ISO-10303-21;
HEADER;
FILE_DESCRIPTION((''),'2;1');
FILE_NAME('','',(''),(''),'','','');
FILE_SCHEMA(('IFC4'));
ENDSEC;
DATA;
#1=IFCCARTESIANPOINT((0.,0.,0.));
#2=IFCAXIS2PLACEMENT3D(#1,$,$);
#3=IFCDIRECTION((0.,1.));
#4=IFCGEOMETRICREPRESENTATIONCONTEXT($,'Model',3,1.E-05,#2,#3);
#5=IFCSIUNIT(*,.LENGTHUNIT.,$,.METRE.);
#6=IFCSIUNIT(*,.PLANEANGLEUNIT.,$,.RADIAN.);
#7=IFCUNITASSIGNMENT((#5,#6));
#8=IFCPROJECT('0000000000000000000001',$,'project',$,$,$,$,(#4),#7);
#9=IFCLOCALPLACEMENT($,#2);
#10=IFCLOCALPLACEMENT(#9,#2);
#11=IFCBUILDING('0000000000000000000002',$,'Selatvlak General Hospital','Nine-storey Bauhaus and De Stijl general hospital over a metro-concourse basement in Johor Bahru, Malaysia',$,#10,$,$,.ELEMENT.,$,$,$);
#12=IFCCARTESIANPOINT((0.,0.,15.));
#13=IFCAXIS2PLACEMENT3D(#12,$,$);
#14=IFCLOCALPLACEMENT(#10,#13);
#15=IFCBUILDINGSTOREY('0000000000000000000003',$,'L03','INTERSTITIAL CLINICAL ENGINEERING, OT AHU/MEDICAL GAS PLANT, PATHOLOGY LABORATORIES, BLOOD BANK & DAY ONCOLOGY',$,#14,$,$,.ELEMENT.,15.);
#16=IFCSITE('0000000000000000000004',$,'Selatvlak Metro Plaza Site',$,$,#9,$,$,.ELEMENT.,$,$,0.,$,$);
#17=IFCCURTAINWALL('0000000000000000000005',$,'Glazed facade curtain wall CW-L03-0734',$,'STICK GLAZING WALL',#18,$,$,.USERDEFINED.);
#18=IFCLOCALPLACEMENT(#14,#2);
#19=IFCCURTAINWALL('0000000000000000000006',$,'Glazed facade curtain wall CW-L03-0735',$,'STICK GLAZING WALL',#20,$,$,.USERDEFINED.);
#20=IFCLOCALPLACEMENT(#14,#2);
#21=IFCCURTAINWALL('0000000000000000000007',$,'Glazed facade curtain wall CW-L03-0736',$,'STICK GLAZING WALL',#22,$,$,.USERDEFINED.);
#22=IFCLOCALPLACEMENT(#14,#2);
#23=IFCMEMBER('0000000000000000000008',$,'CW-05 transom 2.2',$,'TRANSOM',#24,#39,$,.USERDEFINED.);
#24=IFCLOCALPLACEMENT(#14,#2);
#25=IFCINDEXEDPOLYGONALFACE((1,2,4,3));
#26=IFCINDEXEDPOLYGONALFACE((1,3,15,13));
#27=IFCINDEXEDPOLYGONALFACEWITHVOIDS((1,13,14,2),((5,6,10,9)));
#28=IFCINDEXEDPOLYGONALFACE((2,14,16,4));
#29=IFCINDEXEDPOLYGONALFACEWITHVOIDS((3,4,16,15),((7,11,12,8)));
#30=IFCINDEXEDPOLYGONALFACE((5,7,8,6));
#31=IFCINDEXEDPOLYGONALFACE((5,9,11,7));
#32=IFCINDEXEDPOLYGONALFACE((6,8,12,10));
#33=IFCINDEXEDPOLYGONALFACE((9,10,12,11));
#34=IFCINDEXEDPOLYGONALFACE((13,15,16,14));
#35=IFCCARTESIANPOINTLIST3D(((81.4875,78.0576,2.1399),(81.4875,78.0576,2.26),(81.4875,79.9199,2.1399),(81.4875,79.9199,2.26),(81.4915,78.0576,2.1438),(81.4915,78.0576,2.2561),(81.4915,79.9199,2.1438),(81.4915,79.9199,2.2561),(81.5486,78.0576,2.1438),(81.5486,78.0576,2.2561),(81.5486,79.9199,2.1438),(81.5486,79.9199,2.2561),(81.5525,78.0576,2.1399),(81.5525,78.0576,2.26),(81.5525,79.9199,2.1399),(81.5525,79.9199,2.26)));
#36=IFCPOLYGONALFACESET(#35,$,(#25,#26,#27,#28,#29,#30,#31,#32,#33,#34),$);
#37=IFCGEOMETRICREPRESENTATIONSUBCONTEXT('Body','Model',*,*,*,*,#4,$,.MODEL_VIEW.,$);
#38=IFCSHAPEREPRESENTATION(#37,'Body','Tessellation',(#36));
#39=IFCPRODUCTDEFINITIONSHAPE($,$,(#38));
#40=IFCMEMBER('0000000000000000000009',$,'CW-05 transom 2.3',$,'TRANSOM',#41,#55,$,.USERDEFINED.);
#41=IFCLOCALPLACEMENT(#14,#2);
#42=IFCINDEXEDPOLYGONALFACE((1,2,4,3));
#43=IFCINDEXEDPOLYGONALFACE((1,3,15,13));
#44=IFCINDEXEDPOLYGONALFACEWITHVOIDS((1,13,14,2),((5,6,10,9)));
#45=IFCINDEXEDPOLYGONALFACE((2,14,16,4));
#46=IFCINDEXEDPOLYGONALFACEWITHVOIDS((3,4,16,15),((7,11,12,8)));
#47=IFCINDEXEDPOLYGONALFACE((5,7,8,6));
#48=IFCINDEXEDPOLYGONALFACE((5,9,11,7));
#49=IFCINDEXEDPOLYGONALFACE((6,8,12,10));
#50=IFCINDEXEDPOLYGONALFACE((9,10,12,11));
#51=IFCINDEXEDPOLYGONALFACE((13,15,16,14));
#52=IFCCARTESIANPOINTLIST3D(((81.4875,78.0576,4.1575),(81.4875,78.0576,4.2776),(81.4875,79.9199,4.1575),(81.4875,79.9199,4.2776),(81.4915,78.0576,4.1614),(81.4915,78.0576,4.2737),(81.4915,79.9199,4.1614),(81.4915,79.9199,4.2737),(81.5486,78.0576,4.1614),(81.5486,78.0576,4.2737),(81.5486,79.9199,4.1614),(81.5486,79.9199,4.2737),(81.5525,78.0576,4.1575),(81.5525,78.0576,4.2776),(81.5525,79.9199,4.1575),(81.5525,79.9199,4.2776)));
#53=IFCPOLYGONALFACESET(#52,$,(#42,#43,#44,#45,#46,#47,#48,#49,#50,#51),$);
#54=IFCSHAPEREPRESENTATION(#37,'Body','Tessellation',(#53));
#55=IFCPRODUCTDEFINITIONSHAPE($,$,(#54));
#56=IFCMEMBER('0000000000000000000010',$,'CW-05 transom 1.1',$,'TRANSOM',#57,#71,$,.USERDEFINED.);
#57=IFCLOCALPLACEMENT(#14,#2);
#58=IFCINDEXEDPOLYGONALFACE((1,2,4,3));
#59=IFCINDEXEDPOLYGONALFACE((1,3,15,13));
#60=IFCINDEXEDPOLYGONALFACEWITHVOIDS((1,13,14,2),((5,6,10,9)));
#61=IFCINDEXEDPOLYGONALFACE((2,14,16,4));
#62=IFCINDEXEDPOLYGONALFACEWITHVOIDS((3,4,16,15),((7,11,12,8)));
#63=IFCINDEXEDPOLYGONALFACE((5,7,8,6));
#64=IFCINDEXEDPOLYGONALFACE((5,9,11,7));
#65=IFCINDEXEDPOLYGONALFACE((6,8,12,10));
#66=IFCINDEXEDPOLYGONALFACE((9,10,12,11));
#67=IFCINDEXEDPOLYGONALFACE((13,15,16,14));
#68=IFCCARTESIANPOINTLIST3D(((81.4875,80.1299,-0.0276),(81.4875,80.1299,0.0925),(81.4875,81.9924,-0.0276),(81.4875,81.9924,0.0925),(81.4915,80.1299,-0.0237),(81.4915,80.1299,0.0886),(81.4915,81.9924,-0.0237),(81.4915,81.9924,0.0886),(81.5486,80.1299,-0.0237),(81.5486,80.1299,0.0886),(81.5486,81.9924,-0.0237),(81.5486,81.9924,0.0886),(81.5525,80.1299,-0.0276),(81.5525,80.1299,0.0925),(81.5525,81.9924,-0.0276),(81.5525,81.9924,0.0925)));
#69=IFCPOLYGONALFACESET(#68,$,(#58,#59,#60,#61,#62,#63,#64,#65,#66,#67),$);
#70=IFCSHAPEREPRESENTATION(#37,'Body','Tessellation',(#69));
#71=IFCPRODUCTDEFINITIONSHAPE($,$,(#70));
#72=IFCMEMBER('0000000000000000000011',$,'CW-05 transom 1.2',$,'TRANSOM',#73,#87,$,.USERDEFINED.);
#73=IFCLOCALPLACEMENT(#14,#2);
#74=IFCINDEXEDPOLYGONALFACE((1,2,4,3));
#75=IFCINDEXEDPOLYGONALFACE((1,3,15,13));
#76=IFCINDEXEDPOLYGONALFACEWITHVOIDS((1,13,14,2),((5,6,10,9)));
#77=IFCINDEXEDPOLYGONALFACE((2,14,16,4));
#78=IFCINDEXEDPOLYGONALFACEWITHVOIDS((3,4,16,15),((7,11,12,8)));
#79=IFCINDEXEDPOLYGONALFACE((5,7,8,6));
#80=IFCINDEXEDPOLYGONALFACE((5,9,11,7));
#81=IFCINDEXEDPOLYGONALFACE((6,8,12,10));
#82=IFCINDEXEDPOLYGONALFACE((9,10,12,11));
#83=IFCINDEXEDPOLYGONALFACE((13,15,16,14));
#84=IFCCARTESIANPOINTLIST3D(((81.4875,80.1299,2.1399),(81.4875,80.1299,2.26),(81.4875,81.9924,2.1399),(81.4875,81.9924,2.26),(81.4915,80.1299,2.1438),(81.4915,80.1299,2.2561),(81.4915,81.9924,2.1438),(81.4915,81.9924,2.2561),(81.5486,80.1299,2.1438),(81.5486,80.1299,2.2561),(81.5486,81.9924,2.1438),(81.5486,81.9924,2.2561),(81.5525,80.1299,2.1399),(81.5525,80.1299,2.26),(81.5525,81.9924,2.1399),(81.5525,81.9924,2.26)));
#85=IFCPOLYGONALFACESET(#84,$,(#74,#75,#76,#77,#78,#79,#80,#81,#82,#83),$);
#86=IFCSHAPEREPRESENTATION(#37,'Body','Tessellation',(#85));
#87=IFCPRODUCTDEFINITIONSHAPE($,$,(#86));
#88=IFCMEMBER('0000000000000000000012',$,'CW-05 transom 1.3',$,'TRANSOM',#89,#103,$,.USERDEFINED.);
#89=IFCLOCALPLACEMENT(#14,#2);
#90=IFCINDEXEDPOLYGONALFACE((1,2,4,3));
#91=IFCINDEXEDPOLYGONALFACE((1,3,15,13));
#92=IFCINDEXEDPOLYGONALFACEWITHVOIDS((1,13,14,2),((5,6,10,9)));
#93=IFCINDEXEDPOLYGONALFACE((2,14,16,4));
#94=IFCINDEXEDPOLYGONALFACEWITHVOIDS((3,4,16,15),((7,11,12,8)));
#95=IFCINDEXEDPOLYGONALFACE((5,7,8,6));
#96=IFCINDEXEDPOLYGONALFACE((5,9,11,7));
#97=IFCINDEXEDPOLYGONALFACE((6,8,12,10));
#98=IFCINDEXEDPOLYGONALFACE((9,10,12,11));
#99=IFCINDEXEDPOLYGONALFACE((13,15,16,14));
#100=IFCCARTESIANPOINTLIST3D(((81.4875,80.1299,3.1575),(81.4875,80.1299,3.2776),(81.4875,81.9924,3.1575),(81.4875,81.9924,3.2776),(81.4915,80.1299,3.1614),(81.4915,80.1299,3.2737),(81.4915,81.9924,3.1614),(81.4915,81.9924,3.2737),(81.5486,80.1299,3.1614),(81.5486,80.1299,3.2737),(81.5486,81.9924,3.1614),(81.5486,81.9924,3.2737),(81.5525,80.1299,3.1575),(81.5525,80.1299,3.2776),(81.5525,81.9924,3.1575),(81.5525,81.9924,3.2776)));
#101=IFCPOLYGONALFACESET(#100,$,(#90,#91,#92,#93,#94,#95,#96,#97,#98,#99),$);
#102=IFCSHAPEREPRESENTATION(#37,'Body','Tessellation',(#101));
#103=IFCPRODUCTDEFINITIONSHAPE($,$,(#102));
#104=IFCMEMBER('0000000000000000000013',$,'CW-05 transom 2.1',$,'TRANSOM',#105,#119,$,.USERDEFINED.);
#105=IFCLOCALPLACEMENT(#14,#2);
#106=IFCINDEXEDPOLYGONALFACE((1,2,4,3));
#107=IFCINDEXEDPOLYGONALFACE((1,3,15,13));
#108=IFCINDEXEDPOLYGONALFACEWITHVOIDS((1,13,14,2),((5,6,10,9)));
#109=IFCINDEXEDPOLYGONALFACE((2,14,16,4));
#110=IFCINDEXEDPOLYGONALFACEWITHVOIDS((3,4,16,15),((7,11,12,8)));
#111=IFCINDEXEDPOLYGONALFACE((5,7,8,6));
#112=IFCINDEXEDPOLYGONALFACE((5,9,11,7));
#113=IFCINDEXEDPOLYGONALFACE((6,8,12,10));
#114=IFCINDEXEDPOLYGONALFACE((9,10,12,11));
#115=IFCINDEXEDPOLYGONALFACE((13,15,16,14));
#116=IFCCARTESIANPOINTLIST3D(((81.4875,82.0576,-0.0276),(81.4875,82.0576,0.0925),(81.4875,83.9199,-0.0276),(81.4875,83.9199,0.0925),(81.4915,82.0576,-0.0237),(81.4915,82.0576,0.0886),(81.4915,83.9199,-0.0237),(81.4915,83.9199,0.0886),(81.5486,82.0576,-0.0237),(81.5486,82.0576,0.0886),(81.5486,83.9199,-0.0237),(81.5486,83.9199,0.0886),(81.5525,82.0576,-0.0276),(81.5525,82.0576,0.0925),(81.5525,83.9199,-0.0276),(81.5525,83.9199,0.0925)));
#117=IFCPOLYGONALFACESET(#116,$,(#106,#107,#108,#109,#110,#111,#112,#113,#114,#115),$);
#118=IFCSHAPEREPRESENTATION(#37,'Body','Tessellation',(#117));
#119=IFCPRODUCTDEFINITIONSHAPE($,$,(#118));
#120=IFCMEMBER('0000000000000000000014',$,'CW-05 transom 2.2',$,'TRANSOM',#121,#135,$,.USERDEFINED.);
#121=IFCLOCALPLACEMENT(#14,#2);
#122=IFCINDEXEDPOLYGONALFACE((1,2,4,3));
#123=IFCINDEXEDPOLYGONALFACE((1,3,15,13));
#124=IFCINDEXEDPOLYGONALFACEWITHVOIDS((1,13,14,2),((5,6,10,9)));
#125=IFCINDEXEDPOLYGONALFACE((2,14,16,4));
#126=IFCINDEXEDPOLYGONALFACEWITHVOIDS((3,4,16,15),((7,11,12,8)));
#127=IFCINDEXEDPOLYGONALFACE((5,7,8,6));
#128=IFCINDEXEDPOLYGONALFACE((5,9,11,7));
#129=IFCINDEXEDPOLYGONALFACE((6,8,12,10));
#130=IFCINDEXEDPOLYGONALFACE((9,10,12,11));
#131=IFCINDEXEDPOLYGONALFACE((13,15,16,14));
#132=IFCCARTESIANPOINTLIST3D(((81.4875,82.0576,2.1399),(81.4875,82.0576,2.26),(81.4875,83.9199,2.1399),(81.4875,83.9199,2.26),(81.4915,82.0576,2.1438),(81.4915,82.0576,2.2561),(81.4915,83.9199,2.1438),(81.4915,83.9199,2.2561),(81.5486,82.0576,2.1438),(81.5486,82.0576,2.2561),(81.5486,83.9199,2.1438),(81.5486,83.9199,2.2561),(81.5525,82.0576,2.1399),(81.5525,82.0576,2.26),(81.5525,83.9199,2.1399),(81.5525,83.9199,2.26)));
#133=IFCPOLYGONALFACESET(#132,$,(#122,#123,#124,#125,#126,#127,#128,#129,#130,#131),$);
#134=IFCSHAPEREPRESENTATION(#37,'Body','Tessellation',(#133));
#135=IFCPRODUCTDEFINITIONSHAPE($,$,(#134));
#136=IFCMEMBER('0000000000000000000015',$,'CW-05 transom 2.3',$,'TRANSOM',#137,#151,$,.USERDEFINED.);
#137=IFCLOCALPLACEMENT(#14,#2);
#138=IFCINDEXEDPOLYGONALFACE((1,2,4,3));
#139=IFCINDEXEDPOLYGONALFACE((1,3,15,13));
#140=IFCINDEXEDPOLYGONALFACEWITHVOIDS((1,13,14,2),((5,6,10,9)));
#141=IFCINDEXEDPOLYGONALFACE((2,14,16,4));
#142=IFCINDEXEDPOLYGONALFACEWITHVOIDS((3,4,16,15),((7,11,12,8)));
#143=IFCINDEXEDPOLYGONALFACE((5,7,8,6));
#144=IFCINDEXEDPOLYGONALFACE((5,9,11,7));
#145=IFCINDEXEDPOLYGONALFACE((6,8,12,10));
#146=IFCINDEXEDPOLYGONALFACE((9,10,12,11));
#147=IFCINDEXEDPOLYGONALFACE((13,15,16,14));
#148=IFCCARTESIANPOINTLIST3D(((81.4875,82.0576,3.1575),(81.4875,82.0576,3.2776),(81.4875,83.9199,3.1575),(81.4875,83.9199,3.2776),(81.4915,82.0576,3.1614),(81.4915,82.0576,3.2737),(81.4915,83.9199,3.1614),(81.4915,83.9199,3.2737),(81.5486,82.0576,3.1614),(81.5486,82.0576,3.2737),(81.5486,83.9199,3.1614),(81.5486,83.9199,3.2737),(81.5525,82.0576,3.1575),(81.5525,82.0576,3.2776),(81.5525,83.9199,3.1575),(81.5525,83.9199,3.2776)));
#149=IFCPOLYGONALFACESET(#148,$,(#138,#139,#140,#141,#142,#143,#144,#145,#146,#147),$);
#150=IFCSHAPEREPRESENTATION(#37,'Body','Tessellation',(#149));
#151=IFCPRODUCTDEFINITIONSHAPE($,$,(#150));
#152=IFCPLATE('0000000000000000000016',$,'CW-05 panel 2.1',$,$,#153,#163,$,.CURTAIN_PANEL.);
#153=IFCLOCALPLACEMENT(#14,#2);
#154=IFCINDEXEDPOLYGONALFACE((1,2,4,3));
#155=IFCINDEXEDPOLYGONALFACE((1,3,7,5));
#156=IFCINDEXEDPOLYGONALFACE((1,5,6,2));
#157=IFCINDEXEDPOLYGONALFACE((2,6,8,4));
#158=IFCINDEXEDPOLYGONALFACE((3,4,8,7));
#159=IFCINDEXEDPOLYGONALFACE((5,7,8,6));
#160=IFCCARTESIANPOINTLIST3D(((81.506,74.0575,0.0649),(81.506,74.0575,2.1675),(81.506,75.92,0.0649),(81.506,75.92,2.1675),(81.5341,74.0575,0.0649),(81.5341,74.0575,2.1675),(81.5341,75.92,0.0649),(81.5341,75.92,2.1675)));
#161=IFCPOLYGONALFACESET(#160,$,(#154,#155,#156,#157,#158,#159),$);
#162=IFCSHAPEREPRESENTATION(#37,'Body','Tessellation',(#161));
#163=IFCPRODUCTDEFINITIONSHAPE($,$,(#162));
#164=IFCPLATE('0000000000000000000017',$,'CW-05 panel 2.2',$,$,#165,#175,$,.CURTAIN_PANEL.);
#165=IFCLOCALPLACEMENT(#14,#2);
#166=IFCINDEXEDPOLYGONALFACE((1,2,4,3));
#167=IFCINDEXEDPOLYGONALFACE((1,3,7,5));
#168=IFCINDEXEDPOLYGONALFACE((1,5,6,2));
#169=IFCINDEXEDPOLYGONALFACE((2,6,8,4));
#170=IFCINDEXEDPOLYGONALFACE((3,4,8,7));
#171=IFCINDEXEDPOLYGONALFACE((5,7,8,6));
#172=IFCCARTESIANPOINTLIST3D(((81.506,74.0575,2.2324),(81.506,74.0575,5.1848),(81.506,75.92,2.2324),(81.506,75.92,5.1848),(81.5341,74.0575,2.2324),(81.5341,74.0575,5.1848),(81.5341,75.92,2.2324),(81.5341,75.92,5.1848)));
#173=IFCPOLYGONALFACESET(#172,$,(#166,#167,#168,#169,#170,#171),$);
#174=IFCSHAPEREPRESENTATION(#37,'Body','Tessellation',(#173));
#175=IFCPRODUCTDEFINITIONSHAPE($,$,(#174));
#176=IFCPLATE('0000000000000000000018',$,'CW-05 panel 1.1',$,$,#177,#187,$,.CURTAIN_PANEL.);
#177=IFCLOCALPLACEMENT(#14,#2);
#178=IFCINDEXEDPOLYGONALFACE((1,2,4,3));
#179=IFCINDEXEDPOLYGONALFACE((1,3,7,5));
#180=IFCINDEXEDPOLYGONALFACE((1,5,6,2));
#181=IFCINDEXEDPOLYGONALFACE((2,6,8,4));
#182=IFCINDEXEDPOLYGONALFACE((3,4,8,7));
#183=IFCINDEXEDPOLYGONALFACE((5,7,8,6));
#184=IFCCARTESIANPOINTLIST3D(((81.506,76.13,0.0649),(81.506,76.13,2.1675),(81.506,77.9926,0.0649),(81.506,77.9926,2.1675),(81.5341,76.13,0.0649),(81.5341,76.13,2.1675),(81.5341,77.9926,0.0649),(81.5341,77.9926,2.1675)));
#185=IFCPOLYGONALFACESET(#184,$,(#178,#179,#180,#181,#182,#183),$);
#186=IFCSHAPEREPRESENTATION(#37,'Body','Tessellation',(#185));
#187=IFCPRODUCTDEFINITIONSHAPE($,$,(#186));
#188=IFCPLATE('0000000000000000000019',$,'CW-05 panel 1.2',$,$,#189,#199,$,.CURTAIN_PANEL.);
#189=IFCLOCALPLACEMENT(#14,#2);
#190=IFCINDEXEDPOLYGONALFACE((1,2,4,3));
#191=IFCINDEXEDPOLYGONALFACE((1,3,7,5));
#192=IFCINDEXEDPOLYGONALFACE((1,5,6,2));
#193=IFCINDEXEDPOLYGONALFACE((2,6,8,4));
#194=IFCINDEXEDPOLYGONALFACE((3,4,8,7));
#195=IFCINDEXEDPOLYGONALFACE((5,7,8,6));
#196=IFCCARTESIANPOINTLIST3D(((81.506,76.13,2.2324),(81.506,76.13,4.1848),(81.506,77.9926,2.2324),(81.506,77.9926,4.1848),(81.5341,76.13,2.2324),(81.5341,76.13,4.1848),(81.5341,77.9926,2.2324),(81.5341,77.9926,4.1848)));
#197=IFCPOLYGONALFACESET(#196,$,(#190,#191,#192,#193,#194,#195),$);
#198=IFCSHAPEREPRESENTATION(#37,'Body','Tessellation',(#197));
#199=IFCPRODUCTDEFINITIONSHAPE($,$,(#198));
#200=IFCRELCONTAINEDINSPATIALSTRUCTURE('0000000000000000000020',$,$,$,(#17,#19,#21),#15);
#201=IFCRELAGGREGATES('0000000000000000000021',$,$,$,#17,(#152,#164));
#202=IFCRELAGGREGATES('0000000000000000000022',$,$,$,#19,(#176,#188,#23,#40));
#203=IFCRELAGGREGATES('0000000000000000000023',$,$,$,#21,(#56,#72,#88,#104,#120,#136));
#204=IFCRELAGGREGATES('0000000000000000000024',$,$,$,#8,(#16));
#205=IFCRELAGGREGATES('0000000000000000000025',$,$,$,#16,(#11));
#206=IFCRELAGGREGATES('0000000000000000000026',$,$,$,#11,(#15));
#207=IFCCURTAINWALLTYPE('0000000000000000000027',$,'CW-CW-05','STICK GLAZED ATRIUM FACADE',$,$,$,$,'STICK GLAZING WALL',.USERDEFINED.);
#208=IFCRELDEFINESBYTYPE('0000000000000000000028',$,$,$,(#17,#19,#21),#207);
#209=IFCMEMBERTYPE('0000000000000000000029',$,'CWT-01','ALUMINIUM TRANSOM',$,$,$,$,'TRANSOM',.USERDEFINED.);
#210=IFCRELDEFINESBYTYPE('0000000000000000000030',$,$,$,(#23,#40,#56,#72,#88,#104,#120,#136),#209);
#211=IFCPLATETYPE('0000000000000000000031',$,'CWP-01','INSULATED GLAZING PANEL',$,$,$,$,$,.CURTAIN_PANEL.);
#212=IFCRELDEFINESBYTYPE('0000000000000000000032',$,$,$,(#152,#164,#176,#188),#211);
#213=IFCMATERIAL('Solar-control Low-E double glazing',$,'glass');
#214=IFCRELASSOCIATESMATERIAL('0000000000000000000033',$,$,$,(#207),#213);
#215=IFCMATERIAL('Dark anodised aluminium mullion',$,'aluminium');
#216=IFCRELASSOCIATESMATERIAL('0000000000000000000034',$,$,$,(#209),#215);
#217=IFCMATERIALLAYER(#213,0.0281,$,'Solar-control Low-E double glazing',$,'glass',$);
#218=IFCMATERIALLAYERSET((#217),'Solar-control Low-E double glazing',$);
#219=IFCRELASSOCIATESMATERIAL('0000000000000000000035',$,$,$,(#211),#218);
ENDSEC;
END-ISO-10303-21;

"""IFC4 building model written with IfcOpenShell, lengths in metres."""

from ifc_helpers import new_model, si_unit, direction, frame, origin, origin_2d, place, context, subcontext, project, spatial, rectangle, hollow_rectangle, extrude, material, layer, layer_set, material_profile, profile_set, type_object, element, aggregate, save


model = new_model("IFC4")

# Units and contexts
model_context = context("Model", 3, precision=1e-05, world=origin(), true_north=direction((0.0, 1.0)))
body_context = subcontext(model_context, "Body", "Model", "MODEL_VIEW")
ifc_project = project(units=[si_unit("LENGTHUNIT", "METRE"), si_unit("PLANEANGLEUNIT", "RADIAN")], contexts=[model_context])

# Site, building, storey
site_placement = place(None, origin())
site = spatial("IfcSite", under=ifc_project, at=site_placement, Name="Selatvlak Metro Plaza Site", CompositionType="ELEMENT", RefElevation=0.0)
building_placement = place(site_placement, origin())
building = spatial("IfcBuilding", under=site, at=building_placement, Name="Selatvlak General Hospital", Description="Nine-storey Bauhaus and De Stijl general hospital over a metro-concourse basement in Johor Bahru, Malaysia", CompositionType="ELEMENT")
storey_placement = place(building_placement, frame((0.0, 0.0, 15.0)))
storey = spatial("IfcBuildingStorey", under=building, at=storey_placement, Name="L03", Description="INTERSTITIAL CLINICAL ENGINEERING, OT AHU/MEDICAL GAS PLANT, PATHOLOGY LABORATORIES, BLOOD BANK & DAY ONCOLOGY", CompositionType="ELEMENT", Elevation=15.0)

# Curtain wall
ifc_material_1 = material(Name="Solar-control Low-E double glazing", Category="glass")
curtain_wall_type = type_object("IfcCurtainWallType", Name="CW-CW-05", Description="STICK GLAZED ATRIUM FACADE", ElementType="STICK GLAZING WALL", PredefinedType="USERDEFINED", material=ifc_material_1)
curtain_wall_1_placement = place(storey_placement, origin())
curtain_wall_1 = element("IfcCurtainWall", 1, at=curtain_wall_1_placement, inside=storey, type_object=curtain_wall_type, Name="Glazed facade curtain wall CW-L03-0734", ObjectType="STICK GLAZING WALL", PredefinedType="USERDEFINED")
ifc_material_2 = material(Name="Dark anodised aluminium mullion", Category="aluminium")

# Curtain walls
curtain_wall_2_placement = place(storey_placement, origin())
curtain_wall_2 = element("IfcCurtainWall", 2, at=curtain_wall_2_placement, inside=storey, type_object=curtain_wall_type, Name="Glazed facade curtain wall CW-L03-0735", ObjectType="STICK GLAZING WALL", PredefinedType="USERDEFINED")
curtain_wall_3_placement = place(storey_placement, origin())
curtain_wall_3 = element("IfcCurtainWall", 3, at=curtain_wall_3_placement, inside=storey, type_object=curtain_wall_type, Name="Glazed facade curtain wall CW-L03-0736", ObjectType="STICK GLAZING WALL", PredefinedType="USERDEFINED")

# Members
ifc_material_profile_1 = material_profile(ifc_material_2, hollow_rectangle(XDim=0.0649, YDim=0.1201, WallThickness=0.0039, at=origin_2d()), Name="AL-TRN 65x120x4")
ifc_profile_set_1 = profile_set([ifc_material_profile_1], Name="Dark anodised aluminium mullion")
member_type_1 = type_object("IfcMemberType", Name="CWT-01", Description="ALUMINIUM TRANSOM", ElementType="TRANSOM", PredefinedType="USERDEFINED", material=ifc_profile_set_1)
member_1_placement = place(storey_placement, frame((81.52, 78.0576, 2.2), z_axis=(0.0, 1.0, 0.0), x_axis=(-1.0, 0.0, 0.0)))
member_1 = element("IfcMember", 4, at=member_1_placement, type_object=member_type_1, Name="CW-05 transom 2.2", ObjectType="TRANSOM", PredefinedType="USERDEFINED", context=body_context, shape_type="SweptSolid", body=[
    extrude(hollow_rectangle(XDim=0.0649, YDim=0.1201, WallThickness=0.0039, at=origin_2d()), origin(), (0.0, 0.0, 1.0), 1.8623),
])
member_2_placement = place(storey_placement, frame((81.52, 78.0576, 4.2175), z_axis=(0.0, 1.0, 0.0), x_axis=(-1.0, 0.0, 0.0)))
member_2 = element("IfcMember", 5, at=member_2_placement, type_object=member_type_1, Name="CW-05 transom 2.3", ObjectType="TRANSOM", PredefinedType="USERDEFINED", context=body_context, shape_type="SweptSolid", body=[
    extrude(hollow_rectangle(XDim=0.0649, YDim=0.1201, WallThickness=0.0039, at=origin_2d()), origin(), (0.0, 0.0, 1.0), 1.8623),
])
member_3_placement = place(storey_placement, frame((81.52, 80.1299, 0.0325), z_axis=(0.0, 1.0, 0.0), x_axis=(-1.0, 0.0, 0.0)))
member_3 = element("IfcMember", 6, at=member_3_placement, type_object=member_type_1, Name="CW-05 transom 1.1", ObjectType="TRANSOM", PredefinedType="USERDEFINED", context=body_context, shape_type="SweptSolid", body=[
    extrude(hollow_rectangle(XDim=0.0649, YDim=0.1201, WallThickness=0.0039, at=origin_2d()), origin(), (0.0, 0.0, 1.0), 1.8625),
])
member_4_placement = place(storey_placement, frame((81.52, 80.1299, 2.2), z_axis=(0.0, 1.0, 0.0), x_axis=(-1.0, 0.0, 0.0)))
member_4 = element("IfcMember", 7, at=member_4_placement, type_object=member_type_1, Name="CW-05 transom 1.2", ObjectType="TRANSOM", PredefinedType="USERDEFINED", context=body_context, shape_type="SweptSolid", body=[
    extrude(hollow_rectangle(XDim=0.0649, YDim=0.1201, WallThickness=0.0039, at=origin_2d()), origin(), (0.0, 0.0, 1.0), 1.8625),
])
member_5_placement = place(storey_placement, frame((81.52, 80.1299, 3.2175), z_axis=(0.0, 1.0, 0.0), x_axis=(-1.0, 0.0, 0.0)))
member_5 = element("IfcMember", 8, at=member_5_placement, type_object=member_type_1, Name="CW-05 transom 1.3", ObjectType="TRANSOM", PredefinedType="USERDEFINED", context=body_context, shape_type="SweptSolid", body=[
    extrude(hollow_rectangle(XDim=0.0649, YDim=0.1201, WallThickness=0.0039, at=origin_2d()), origin(), (0.0, 0.0, 1.0), 1.8625),
])
member_6_placement = place(storey_placement, frame((81.52, 82.0576, 0.0325), z_axis=(0.0, 1.0, 0.0), x_axis=(-1.0, 0.0, 0.0)))
member_6 = element("IfcMember", 9, at=member_6_placement, type_object=member_type_1, Name="CW-05 transom 2.1", ObjectType="TRANSOM", PredefinedType="USERDEFINED", context=body_context, shape_type="SweptSolid", body=[
    extrude(hollow_rectangle(XDim=0.0649, YDim=0.1201, WallThickness=0.0039, at=origin_2d()), origin(), (0.0, 0.0, 1.0), 1.8623),
])
member_7_placement = place(storey_placement, frame((81.52, 82.0576, 2.2), z_axis=(0.0, 1.0, 0.0), x_axis=(-1.0, 0.0, 0.0)))
member_7 = element("IfcMember", 10, at=member_7_placement, type_object=member_type_1, Name="CW-05 transom 2.2", ObjectType="TRANSOM", PredefinedType="USERDEFINED", context=body_context, shape_type="SweptSolid", body=[
    extrude(hollow_rectangle(XDim=0.0649, YDim=0.1201, WallThickness=0.0039, at=origin_2d()), origin(), (0.0, 0.0, 1.0), 1.8623),
])
member_8_placement = place(storey_placement, frame((81.52, 82.0576, 3.2175), z_axis=(0.0, 1.0, 0.0), x_axis=(-1.0, 0.0, 0.0)))
member_8 = element("IfcMember", 11, at=member_8_placement, type_object=member_type_1, Name="CW-05 transom 2.3", ObjectType="TRANSOM", PredefinedType="USERDEFINED", context=body_context, shape_type="SweptSolid", body=[
    extrude(hollow_rectangle(XDim=0.0649, YDim=0.1201, WallThickness=0.0039, at=origin_2d()), origin(), (0.0, 0.0, 1.0), 1.8623),
])

# Plates
ifc_layer = layer(ifc_material_1, 0.0281, Name="Solar-control Low-E double glazing", Category="glass")
ifc_layer_set = layer_set([ifc_layer], Name="Solar-control Low-E double glazing")
plate_type = type_object("IfcPlateType", Name="CWP-01", Description="INSULATED GLAZING PANEL", PredefinedType="CURTAIN_PANEL", material=ifc_layer_set)
plate_1_placement = place(storey_placement, frame((81.52, 74.9888, 0.0649), z_axis=(0.0, 0.0, 1.0), x_axis=(0.0, 1.0, 0.0)))
plate_1 = element("IfcPlate", 12, at=plate_1_placement, type_object=plate_type, Name="CW-05 panel 2.1", PredefinedType="CURTAIN_PANEL", context=body_context, shape_type="SweptSolid", body=[
    extrude(rectangle(XDim=1.8625, YDim=0.0281, at=origin_2d()), origin(), (0.0, 0.0, 1.0), 2.1025),
])
plate_2_placement = place(storey_placement, frame((81.52, 74.9888, 2.2324), z_axis=(0.0, 0.0, 1.0), x_axis=(0.0, 1.0, 0.0)))
plate_2 = element("IfcPlate", 13, at=plate_2_placement, type_object=plate_type, Name="CW-05 panel 2.2", PredefinedType="CURTAIN_PANEL", context=body_context, shape_type="SweptSolid", body=[
    extrude(rectangle(XDim=1.8625, YDim=0.0281, at=origin_2d()), origin(), (0.0, 0.0, 1.0), 2.9524),
])
aggregate(curtain_wall_1, [plate_1, plate_2])
plate_3_placement = place(storey_placement, frame((81.52, 77.0613, 0.0649), z_axis=(0.0, 0.0, 1.0), x_axis=(0.0, 1.0, 0.0)))
plate_3 = element("IfcPlate", 14, at=plate_3_placement, type_object=plate_type, Name="CW-05 panel 1.1", PredefinedType="CURTAIN_PANEL", context=body_context, shape_type="SweptSolid", body=[
    extrude(rectangle(XDim=1.8625, YDim=0.0281, at=origin_2d()), origin(), (0.0, 0.0, 1.0), 2.1025),
])
plate_4_placement = place(storey_placement, frame((81.52, 77.0613, 2.2324), z_axis=(0.0, 0.0, 1.0), x_axis=(0.0, 1.0, 0.0)))
plate_4 = element("IfcPlate", 15, at=plate_4_placement, type_object=plate_type, Name="CW-05 panel 1.2", PredefinedType="CURTAIN_PANEL", context=body_context, shape_type="SweptSolid", body=[
    extrude(rectangle(XDim=1.8625, YDim=0.0281, at=origin_2d()), origin(), (0.0, 0.0, 1.0), 1.9524),
])
aggregate(curtain_wall_2, [plate_3, plate_4, member_1, member_2])
aggregate(curtain_wall_3, [member_3, member_4, member_5, member_6, member_7, member_8])

save(model, "model.ifc")
